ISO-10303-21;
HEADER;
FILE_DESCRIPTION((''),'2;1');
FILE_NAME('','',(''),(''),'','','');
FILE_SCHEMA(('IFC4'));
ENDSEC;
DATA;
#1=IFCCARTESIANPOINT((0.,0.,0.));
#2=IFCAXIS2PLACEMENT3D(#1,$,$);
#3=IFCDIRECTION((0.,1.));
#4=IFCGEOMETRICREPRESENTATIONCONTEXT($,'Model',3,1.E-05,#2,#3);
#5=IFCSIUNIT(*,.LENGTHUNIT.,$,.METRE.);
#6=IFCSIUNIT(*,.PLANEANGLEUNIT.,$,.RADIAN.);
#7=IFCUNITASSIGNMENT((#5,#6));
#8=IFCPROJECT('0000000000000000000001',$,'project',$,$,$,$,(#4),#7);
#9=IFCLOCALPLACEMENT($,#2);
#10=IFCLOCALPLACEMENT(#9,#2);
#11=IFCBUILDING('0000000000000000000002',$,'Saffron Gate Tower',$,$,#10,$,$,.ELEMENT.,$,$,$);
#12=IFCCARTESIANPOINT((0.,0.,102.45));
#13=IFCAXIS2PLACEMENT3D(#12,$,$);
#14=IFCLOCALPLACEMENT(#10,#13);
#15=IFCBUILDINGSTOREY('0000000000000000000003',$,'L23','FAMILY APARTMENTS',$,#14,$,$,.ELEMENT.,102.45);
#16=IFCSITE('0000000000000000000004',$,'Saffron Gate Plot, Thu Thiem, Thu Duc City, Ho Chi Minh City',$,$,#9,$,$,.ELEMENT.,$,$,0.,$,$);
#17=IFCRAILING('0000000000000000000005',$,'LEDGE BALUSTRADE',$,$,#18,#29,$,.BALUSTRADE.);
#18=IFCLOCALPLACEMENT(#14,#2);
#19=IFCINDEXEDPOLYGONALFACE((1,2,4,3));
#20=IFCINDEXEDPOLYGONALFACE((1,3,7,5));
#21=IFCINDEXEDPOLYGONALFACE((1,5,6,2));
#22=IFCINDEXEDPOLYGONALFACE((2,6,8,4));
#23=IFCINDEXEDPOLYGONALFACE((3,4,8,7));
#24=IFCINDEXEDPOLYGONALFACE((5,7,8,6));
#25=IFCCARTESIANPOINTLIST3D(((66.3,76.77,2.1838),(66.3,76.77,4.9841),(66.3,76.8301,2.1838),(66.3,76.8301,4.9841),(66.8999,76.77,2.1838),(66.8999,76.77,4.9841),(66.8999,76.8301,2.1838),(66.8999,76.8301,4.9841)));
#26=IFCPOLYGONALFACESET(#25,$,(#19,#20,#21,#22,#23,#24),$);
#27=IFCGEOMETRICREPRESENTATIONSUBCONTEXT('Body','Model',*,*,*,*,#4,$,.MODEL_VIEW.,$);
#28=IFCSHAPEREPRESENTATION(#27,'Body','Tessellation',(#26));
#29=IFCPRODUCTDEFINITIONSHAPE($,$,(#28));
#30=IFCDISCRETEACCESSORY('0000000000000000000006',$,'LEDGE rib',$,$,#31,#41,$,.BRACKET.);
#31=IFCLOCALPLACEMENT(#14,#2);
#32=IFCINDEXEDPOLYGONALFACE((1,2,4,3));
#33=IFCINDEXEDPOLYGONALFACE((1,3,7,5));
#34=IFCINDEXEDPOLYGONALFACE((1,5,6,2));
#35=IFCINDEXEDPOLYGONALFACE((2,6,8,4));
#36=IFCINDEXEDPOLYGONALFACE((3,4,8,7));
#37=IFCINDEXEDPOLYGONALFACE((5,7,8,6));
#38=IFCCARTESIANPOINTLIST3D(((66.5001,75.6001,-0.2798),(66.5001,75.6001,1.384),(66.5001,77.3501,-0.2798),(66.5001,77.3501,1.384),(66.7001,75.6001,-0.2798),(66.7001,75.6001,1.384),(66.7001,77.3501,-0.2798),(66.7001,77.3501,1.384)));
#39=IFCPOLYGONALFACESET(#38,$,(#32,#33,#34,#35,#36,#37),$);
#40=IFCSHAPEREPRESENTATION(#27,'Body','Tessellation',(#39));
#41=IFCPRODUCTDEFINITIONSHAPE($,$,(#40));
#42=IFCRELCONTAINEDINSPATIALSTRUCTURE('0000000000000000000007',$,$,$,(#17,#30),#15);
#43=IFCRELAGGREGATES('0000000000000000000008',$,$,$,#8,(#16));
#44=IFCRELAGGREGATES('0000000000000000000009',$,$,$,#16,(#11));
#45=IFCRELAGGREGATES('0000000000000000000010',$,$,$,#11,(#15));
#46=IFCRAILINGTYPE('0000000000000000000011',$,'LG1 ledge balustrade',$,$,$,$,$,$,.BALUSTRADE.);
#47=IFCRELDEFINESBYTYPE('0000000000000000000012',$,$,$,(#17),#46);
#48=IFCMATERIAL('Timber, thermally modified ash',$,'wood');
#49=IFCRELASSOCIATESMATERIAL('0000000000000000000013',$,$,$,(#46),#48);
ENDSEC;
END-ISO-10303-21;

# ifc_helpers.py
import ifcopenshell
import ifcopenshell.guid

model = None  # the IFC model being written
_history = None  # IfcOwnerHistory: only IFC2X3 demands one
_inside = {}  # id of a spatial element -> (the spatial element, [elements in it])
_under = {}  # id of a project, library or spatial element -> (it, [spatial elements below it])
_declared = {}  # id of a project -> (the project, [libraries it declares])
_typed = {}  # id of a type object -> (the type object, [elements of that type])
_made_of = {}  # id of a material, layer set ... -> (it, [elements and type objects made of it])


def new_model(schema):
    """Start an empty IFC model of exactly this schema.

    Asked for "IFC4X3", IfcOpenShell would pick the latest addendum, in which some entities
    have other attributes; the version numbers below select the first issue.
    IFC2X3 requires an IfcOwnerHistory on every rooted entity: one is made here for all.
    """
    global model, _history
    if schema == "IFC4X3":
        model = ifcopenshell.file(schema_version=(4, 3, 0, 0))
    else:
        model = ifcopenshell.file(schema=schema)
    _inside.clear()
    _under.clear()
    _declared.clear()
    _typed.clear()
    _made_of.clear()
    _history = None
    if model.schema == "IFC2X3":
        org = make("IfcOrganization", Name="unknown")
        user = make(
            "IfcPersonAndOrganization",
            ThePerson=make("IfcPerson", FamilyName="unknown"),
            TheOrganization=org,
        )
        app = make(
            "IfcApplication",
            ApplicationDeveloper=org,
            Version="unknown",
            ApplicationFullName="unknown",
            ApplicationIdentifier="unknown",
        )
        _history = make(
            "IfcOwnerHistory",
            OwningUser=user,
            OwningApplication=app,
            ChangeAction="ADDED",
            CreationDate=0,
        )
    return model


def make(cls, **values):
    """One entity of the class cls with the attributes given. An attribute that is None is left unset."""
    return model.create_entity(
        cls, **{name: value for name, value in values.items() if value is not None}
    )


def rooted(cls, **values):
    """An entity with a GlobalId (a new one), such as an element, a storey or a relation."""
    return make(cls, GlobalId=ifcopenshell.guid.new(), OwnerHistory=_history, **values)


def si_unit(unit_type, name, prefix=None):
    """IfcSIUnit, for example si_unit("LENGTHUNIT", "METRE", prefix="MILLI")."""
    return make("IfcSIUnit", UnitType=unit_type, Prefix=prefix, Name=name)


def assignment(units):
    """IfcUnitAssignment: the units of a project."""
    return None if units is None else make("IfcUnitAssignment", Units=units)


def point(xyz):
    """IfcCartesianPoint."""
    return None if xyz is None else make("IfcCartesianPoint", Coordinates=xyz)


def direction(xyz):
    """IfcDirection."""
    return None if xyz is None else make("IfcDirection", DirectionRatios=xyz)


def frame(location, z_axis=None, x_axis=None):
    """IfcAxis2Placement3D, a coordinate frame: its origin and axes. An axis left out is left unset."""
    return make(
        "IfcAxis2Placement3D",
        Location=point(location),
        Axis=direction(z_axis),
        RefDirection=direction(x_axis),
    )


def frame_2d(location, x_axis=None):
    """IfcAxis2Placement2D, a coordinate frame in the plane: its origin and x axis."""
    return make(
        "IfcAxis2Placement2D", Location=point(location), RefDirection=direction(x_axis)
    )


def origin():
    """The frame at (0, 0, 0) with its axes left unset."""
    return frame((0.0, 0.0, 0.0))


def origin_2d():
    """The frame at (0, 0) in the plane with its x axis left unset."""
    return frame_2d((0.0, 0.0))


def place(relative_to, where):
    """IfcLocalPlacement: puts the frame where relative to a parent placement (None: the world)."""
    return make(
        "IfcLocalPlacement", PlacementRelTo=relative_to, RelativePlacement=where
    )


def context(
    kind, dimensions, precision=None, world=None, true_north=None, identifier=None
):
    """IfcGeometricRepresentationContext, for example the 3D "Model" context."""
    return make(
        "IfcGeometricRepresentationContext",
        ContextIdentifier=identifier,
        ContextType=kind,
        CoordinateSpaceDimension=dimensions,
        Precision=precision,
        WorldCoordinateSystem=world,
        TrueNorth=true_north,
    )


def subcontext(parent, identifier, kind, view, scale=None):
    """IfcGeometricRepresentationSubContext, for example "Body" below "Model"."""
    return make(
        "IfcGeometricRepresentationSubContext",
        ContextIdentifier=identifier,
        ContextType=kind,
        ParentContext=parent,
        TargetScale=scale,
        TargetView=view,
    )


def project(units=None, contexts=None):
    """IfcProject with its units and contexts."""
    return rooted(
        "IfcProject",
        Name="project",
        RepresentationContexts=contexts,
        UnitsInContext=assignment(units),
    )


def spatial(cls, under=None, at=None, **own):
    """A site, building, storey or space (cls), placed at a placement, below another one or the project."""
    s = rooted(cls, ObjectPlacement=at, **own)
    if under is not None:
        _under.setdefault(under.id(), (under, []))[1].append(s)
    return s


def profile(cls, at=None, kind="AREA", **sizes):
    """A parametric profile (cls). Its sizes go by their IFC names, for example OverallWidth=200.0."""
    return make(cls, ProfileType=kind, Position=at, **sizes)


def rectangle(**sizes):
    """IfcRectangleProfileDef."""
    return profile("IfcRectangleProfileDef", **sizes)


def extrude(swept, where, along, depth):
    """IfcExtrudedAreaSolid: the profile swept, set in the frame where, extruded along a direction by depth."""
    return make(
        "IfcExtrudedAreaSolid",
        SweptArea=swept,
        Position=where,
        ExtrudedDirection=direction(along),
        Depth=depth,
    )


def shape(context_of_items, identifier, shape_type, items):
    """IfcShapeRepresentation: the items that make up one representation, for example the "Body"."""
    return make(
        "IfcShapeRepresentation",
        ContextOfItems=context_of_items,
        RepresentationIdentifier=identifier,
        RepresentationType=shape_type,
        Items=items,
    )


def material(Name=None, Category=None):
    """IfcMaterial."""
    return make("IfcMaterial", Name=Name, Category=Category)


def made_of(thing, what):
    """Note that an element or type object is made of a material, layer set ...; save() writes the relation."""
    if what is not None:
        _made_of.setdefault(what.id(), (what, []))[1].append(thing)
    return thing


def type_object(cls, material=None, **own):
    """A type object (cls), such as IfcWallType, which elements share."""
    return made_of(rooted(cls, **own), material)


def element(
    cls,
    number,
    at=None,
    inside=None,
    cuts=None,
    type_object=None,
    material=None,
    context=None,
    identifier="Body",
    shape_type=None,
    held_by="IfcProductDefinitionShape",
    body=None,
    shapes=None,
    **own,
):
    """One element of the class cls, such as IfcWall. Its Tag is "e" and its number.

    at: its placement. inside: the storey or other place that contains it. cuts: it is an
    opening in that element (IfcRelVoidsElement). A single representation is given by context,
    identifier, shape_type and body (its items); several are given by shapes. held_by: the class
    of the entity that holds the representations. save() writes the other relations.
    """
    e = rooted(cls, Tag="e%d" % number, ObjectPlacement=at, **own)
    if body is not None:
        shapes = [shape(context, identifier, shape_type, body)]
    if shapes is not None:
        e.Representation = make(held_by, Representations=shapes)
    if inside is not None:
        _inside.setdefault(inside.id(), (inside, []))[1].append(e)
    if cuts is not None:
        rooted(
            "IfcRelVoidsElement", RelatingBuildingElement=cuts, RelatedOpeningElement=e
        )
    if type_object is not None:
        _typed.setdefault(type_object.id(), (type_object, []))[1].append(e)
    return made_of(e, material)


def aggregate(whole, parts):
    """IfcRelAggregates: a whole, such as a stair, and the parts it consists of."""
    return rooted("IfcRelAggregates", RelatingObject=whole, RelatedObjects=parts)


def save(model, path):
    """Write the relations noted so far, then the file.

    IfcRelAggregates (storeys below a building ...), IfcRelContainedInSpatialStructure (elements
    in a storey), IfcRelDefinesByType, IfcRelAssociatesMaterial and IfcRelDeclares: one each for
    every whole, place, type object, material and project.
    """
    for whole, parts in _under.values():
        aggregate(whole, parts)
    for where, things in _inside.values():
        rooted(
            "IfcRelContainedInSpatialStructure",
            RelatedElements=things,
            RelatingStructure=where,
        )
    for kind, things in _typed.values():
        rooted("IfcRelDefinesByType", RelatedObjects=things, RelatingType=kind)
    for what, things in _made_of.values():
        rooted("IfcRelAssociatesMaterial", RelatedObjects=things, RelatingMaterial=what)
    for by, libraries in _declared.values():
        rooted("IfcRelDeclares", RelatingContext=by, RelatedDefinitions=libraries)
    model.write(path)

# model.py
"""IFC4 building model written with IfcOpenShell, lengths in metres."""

from ifc_helpers import new_model, si_unit, direction, frame, origin, origin_2d, place, context, subcontext, project, spatial, rectangle, extrude, material, type_object, element, save


model = new_model("IFC4")

# Units and contexts
model_context = context("Model", 3, precision=1e-05, world=origin(), true_north=direction((0.0, 1.0)))
body_context = subcontext(model_context, "Body", "Model", "MODEL_VIEW")
ifc_project = project(units=[si_unit("LENGTHUNIT", "METRE"), si_unit("PLANEANGLEUNIT", "RADIAN")], contexts=[model_context])

# Site, building, storey
site_placement = place(None, origin())
site = spatial("IfcSite", under=ifc_project, at=site_placement, Name="Saffron Gate Plot, Thu Thiem, Thu Duc City, Ho Chi Minh City", CompositionType="ELEMENT", RefElevation=0.0)
building_placement = place(site_placement, origin())
building = spatial("IfcBuilding", under=site, at=building_placement, Name="Saffron Gate Tower", CompositionType="ELEMENT")
storey_placement = place(building_placement, frame((0.0, 0.0, 102.45)))
storey = spatial("IfcBuildingStorey", under=building, at=storey_placement, Name="L23", Description="FAMILY APARTMENTS", CompositionType="ELEMENT", Elevation=102.45)

# Shared definitions
ifc_material_1 = material(Name="Timber, thermally modified ash", Category="wood")

# Railing
railing_type_1 = type_object("IfcRailingType", Name="LG1 ledge balustrade", PredefinedType="BALUSTRADE", material=ifc_material_1)
railing_1_placement = place(storey_placement, frame((66.8999, 76.8, 2.1838)))
element("IfcRailing", 1, at=railing_1_placement, inside=storey, type_object=railing_type_1, Name="LEDGE BALUSTRADE", PredefinedType="BALUSTRADE", context=body_context, shape_type="SweptSolid", body=[
    extrude(rectangle(XDim=0.0601, YDim=2.8003, at=origin_2d()), frame((0.0, 0.0, 1.4001), z_axis=(-1.0, 0.0, 0.0), x_axis=(0.0, -1.0, 0.0)), (0.0, 0.0, 1.0), 0.5999),
])

# Discrete accessory
discrete_accessory_placement = place(storey_placement, frame((66.6001, 76.4751, -0.2798), z_axis=(0.0, 0.0, 1.0), x_axis=(-1.0, 0.0, 0.0)))
element("IfcDiscreteAccessory", 2, at=discrete_accessory_placement, inside=storey, Name="LEDGE rib", PredefinedType="BRACKET", context=body_context, shape_type="SweptSolid", body=[
    extrude(rectangle(XDim=0.2, YDim=1.75, at=origin_2d()), origin(), (0.0, 0.0, 1.0), 1.6638),
])

save(model, "model.ifc")
